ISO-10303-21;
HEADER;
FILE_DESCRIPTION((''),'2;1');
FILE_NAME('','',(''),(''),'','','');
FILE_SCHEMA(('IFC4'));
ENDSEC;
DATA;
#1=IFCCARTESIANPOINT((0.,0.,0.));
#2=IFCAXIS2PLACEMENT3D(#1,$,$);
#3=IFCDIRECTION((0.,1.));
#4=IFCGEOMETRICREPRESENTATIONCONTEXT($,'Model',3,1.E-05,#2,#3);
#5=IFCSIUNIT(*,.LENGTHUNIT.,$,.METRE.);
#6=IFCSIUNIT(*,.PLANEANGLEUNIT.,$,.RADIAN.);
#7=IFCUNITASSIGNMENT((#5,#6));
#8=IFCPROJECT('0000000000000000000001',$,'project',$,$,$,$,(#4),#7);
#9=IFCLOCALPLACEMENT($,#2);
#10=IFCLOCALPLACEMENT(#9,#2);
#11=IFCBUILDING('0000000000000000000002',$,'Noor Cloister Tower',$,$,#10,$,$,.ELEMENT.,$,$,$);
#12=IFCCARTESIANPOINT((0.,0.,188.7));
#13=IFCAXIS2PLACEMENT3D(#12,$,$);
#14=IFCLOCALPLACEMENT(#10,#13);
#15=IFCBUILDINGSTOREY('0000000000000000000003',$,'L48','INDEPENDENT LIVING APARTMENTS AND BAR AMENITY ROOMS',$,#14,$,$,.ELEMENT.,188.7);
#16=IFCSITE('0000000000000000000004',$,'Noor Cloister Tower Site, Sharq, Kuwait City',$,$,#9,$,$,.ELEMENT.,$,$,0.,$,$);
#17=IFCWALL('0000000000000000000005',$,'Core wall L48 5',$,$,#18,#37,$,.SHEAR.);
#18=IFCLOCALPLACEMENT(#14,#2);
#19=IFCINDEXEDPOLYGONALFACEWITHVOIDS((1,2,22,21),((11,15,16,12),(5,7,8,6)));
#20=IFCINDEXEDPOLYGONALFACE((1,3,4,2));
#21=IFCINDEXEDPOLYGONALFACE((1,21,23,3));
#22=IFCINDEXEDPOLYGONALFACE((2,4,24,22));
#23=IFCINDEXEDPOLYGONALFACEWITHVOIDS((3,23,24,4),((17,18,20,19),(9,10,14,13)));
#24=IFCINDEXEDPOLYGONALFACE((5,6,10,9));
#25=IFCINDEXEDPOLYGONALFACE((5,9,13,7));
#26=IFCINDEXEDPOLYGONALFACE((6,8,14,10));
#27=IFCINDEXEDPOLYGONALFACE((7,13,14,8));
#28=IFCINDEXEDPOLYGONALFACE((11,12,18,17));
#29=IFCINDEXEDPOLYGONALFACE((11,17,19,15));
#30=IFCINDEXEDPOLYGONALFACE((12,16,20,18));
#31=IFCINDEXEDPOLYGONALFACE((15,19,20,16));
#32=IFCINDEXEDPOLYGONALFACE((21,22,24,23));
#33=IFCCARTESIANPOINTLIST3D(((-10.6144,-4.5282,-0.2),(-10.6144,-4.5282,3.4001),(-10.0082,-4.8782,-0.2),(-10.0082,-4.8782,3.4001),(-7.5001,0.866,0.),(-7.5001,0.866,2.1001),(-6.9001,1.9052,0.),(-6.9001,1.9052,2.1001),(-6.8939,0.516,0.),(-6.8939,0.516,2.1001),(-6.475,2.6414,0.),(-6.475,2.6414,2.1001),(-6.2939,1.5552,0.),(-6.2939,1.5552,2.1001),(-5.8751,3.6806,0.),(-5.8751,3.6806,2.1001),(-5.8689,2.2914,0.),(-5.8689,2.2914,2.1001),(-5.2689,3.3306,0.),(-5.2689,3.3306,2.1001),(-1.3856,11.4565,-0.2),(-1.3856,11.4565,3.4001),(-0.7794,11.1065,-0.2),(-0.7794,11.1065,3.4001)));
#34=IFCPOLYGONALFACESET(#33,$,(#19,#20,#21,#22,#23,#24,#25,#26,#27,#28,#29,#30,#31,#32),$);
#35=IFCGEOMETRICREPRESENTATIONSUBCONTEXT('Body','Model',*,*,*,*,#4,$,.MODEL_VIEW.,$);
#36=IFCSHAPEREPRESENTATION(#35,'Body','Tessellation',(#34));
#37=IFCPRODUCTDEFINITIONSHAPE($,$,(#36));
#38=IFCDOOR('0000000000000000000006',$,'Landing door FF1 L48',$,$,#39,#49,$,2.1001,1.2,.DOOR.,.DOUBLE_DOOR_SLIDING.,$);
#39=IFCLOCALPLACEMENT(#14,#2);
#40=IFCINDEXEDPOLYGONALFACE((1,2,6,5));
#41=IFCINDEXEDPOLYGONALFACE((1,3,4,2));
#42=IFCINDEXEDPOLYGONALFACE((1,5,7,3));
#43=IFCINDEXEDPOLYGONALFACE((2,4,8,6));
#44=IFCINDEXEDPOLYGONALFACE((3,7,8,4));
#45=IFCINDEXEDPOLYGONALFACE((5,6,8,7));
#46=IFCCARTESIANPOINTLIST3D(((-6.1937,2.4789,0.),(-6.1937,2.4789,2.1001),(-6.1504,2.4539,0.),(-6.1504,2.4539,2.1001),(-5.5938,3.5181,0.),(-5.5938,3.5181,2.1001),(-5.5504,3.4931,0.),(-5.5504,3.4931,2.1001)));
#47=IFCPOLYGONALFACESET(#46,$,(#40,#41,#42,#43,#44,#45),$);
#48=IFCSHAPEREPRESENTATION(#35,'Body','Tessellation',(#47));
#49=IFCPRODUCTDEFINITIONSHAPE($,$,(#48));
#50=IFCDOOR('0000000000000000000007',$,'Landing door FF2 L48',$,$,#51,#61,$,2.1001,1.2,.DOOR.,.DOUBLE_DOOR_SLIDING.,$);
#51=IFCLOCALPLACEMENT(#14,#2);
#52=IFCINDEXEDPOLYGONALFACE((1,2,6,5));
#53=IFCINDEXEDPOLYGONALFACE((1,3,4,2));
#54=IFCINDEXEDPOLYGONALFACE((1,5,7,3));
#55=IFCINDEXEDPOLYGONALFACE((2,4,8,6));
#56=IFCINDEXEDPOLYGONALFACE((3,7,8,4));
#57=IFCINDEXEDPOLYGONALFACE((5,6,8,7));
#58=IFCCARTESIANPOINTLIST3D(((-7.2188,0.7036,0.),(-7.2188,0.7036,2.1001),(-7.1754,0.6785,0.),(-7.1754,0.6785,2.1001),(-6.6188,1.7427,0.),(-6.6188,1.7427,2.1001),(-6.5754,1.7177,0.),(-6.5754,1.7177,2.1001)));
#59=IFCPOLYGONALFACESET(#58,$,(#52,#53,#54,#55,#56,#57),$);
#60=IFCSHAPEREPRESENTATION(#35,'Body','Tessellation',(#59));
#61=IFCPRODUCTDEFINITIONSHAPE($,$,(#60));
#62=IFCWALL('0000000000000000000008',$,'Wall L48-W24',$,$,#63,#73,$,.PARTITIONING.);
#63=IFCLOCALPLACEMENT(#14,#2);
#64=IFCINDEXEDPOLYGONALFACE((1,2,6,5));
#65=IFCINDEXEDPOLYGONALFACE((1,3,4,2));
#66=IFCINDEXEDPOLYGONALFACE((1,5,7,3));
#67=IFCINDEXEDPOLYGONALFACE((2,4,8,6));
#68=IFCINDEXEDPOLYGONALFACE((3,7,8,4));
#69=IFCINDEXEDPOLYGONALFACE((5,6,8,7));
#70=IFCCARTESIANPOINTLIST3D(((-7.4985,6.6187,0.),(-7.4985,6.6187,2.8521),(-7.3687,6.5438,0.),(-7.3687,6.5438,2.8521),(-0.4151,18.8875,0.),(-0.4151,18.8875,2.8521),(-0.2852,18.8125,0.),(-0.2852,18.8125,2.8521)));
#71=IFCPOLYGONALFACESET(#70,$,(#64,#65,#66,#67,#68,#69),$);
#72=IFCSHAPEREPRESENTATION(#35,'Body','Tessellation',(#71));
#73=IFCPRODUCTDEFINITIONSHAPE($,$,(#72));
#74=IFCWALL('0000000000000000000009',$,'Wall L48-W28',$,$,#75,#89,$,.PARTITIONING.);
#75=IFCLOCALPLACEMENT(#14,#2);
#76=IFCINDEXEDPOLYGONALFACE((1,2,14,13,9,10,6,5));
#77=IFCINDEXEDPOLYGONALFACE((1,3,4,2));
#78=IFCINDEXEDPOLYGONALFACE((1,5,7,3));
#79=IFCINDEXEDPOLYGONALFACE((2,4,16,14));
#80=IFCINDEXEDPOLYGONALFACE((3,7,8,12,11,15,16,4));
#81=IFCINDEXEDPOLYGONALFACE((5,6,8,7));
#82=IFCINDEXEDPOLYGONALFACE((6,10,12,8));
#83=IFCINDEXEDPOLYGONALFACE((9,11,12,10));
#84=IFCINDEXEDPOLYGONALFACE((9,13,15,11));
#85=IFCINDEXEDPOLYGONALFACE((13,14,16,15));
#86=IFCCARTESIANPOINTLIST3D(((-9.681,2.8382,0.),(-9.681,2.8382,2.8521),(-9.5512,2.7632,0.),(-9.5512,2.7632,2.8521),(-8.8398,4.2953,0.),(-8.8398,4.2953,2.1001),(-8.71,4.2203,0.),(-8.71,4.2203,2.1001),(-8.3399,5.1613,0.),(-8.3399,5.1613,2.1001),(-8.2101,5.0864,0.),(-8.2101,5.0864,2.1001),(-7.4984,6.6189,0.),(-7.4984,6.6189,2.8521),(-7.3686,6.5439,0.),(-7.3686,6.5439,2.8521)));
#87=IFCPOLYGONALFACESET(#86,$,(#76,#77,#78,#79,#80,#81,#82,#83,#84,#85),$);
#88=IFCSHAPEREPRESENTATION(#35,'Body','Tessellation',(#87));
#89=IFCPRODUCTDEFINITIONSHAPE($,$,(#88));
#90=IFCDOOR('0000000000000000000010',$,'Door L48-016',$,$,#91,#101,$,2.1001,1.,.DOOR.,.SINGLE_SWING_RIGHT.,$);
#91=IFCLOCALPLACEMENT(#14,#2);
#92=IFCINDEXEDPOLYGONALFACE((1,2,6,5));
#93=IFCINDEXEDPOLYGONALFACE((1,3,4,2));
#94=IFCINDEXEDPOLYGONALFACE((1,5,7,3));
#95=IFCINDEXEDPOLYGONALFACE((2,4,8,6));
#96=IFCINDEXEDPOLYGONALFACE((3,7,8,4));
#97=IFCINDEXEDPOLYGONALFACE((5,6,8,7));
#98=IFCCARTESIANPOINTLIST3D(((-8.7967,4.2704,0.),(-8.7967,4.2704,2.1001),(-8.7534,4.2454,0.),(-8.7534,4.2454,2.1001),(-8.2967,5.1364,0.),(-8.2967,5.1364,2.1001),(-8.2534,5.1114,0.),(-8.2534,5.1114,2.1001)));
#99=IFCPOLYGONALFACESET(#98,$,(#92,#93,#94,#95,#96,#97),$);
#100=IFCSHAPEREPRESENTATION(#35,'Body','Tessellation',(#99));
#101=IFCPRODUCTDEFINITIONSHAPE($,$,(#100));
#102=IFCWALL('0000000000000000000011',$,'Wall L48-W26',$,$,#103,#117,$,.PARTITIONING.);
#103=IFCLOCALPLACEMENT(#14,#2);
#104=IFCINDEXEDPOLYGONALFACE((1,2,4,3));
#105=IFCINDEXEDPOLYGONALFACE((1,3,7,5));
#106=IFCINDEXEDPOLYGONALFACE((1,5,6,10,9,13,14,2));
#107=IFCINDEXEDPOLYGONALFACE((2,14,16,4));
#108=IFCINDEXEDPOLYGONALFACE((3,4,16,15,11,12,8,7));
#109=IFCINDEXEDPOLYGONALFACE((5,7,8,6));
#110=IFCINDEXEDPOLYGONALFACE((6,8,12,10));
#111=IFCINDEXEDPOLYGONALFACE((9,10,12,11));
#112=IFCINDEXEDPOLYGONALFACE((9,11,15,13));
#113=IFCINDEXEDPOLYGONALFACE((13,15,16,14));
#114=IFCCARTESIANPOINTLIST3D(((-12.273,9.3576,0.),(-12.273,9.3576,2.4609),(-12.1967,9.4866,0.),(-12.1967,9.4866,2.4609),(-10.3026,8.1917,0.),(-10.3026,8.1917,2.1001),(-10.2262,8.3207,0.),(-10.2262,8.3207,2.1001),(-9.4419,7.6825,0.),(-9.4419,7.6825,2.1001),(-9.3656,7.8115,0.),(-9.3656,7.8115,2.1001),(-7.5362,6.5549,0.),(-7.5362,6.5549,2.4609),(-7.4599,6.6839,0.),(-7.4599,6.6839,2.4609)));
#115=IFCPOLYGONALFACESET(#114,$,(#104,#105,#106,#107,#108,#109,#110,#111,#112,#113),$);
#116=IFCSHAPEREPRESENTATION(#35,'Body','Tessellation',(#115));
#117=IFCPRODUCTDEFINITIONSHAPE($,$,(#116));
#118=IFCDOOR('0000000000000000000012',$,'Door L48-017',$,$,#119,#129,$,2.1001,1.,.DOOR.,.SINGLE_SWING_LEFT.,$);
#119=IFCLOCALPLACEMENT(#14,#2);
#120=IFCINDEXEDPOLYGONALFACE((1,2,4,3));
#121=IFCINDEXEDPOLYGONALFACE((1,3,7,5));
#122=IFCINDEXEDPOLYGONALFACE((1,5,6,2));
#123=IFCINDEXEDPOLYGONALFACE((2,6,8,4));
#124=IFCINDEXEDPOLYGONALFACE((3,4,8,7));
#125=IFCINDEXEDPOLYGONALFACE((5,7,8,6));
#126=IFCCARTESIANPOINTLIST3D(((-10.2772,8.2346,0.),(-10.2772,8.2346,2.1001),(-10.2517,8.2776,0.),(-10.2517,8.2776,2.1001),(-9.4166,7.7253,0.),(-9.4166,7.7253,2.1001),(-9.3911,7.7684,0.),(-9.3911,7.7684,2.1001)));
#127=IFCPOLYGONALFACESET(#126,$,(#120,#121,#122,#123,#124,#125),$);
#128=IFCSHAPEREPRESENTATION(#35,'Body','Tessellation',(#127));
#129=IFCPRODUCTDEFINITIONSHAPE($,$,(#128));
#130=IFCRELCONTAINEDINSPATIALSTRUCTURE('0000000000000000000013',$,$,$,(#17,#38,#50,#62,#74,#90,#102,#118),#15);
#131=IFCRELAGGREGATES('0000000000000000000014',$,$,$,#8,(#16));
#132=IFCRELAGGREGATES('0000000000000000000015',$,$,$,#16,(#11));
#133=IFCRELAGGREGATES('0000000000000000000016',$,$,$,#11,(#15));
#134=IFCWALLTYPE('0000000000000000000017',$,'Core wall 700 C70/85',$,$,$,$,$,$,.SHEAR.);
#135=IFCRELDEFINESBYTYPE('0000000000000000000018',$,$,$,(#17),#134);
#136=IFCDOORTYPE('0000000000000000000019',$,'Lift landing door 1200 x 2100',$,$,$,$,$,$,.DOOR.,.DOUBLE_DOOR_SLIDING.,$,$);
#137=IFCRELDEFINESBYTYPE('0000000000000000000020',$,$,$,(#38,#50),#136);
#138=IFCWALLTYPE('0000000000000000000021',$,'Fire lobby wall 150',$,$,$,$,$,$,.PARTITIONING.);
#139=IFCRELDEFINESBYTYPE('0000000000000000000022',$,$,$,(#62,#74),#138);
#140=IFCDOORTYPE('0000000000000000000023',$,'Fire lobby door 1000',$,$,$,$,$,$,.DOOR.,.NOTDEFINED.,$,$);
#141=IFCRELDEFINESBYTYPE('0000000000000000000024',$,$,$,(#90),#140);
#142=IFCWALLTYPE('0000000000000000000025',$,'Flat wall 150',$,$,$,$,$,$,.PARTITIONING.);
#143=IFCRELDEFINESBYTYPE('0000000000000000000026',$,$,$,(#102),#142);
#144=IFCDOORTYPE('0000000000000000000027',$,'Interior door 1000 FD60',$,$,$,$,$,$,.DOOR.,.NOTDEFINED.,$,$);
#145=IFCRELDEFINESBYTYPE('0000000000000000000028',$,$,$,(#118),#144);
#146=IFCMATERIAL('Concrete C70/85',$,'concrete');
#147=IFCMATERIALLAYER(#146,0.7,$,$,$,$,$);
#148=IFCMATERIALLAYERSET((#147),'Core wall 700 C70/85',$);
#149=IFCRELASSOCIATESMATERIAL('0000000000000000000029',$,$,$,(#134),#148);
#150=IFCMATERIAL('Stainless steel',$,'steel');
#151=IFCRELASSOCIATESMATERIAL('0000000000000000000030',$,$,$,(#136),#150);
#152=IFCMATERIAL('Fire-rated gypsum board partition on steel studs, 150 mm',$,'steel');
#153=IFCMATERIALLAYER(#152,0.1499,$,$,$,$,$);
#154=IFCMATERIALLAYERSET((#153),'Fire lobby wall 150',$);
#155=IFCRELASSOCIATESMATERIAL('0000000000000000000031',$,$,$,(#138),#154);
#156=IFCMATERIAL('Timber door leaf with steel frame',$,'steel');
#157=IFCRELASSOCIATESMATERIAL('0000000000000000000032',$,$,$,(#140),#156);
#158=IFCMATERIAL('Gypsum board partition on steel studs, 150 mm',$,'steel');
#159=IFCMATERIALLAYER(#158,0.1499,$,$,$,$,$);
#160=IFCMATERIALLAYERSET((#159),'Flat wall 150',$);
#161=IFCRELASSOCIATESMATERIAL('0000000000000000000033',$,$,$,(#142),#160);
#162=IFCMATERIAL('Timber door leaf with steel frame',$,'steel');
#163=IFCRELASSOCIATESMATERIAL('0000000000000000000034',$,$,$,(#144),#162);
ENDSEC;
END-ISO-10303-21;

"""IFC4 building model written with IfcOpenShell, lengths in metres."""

from ifc_helpers import new_model, si_unit, direction, frame, frame_2d, origin, place, context, subcontext, project, spatial, rectangle, extrude, material, layer, layer_set, type_object, element, fill, save


model = new_model("IFC4")

# Units and contexts
model_context = context("Model", 3, precision=1e-05, world=origin(), true_north=direction((0.0, 1.0)))
body_context = subcontext(model_context, "Body", "Model", "MODEL_VIEW")
ifc_project = project(units=[si_unit("LENGTHUNIT", "METRE"), si_unit("PLANEANGLEUNIT", "RADIAN")], contexts=[model_context])

# Site, building, storey
site_placement = place(None, origin())
site = spatial("IfcSite", under=ifc_project, at=site_placement, Name="Noor Cloister Tower Site, Sharq, Kuwait City", CompositionType="ELEMENT", RefElevation=0.0)
building_placement = place(site_placement, origin())
building = spatial("IfcBuilding", under=site, at=building_placement, Name="Noor Cloister Tower", CompositionType="ELEMENT")
storey_placement = place(building_placement, frame((0.0, 0.0, 188.7)))
storey = spatial("IfcBuildingStorey", under=building, at=storey_placement, Name="L48", Description="INDEPENDENT LIVING APARTMENTS AND BAR AMENITY ROOMS", CompositionType="ELEMENT", Elevation=188.7)

# Wall, openings, doors
ifc_material_1 = material(Name="Concrete C70/85", Category="concrete")
ifc_layer_1 = layer(ifc_material_1, 0.7)
ifc_layer_set_1 = layer_set([ifc_layer_1], Name="Core wall 700 C70/85")
wall_type_1 = type_object("IfcWallType", Name="Core wall 700 C70/85", PredefinedType="SHEAR", material=ifc_layer_set_1)
wall_1_placement = place(storey_placement, frame((-1.0825, 11.2815, -0.2), z_axis=(0.0, 0.0, 1.0), x_axis=(-0.500001, -0.866025, 0.0)))
wall_1 = element("IfcWall", 1, at=wall_1_placement, inside=storey, type_object=wall_type_1, Name="Core wall L48 5", PredefinedType="SHEAR", context=body_context, shape_type="SweptSolid", body=[
    extrude(rectangle(XDim=18.4575, YDim=0.7, at=frame_2d((9.2288, 0.0))), origin(), (0.0, 0.0, 1.0), 3.6001),
])
opening_1_placement = place(wall_1_placement, frame((8.9788, 0.0, 0.2)))
opening_1 = element("IfcOpeningElement", 2, at=opening_1_placement, cuts=wall_1, PredefinedType="OPENING", context=body_context, shape_type="SweptSolid", body=[
    extrude(rectangle(XDim=1.2, YDim=2.1001, at=frame_2d((0.6001, 1.05))), frame((0.0, 0.3599, 0.0), z_axis=(0.0, -1.0, 0.0), x_axis=(1.0, 0.0, 0.0)), (0.0, 0.0, 1.0), 0.72),
])
opening_2_placement = place(wall_1_placement, frame((11.0288, 0.0, 0.2)))
opening_2 = element("IfcOpeningElement", 3, at=opening_2_placement, cuts=wall_1, PredefinedType="OPENING", context=body_context, shape_type="SweptSolid", body=[
    extrude(rectangle(XDim=1.2, YDim=2.1001, at=frame_2d((0.6001, 1.05))), frame((0.0, 0.3599, 0.0), z_axis=(0.0, -1.0, 0.0), x_axis=(1.0, 0.0, 0.0)), (0.0, 0.0, 1.0), 0.72),
])
ifc_material_2 = material(Name="Stainless steel", Category="steel")
door_type_1 = type_object("IfcDoorType", Name="Lift landing door 1200 x 2100", OperationType="DOUBLE_DOOR_SLIDING", PredefinedType="DOOR", material=ifc_material_2)
door_1_placement = place(opening_1_placement, origin())
door_1 = element("IfcDoor", 4, at=door_1_placement, inside=storey, type_object=door_type_1, Name="Landing door FF1 L48", OperationType="DOUBLE_DOOR_SLIDING", OverallHeight=2.1001, OverallWidth=1.2, PredefinedType="DOOR", context=body_context, shape_type="SweptSolid", body=[
    extrude(rectangle(XDim=1.2, YDim=2.1001, at=frame_2d((0.6001, 1.05))), frame((0.0, 0.0249, 0.0), z_axis=(0.0, -1.0, 0.0), x_axis=(1.0, 0.0, 0.0)), (0.0, 0.0, 1.0), 0.05),
])
fill(opening_1, door_1)
door_2_placement = place(opening_2_placement, origin())
door_2 = element("IfcDoor", 5, at=door_2_placement, inside=storey, type_object=door_type_1, Name="Landing door FF2 L48", OperationType="DOUBLE_DOOR_SLIDING", OverallHeight=2.1001, OverallWidth=1.2, PredefinedType="DOOR", context=body_context, shape_type="SweptSolid", body=[
    extrude(rectangle(XDim=1.2, YDim=2.1001, at=frame_2d((0.6001, 1.05))), frame((0.0, 0.0249, 0.0), z_axis=(0.0, -1.0, 0.0), x_axis=(1.0, 0.0, 0.0)), (0.0, 0.0, 1.0), 0.05),
])
fill(opening_2, door_2)

# Wall
ifc_material_3 = material(Name="Fire-rated gypsum board partition on steel studs, 150 mm", Category="steel")
ifc_layer_2 = layer(ifc_material_3, 0.1499)
ifc_layer_set_2 = layer_set([ifc_layer_2], Name="Fire lobby wall 150")
wall_type_2 = type_object("IfcWallType", Name="Fire lobby wall 150", PredefinedType="PARTITIONING", material=ifc_layer_set_2)
wall_2_placement = place(storey_placement, frame((-0.3501, 18.8501, 0.0), z_axis=(0.0, 0.0, 1.0), x_axis=(-0.500005, -0.866022, 0.0)))
element("IfcWall", 6, at=wall_2_placement, inside=storey, type_object=wall_type_2, Name="Wall L48-W24", PredefinedType="PARTITIONING", context=body_context, shape_type="SweptSolid", body=[
    extrude(rectangle(XDim=14.1667, YDim=0.1499, at=frame_2d((7.0835, 0.0))), origin(), (0.0, 0.0, 1.0), 2.8521),
])

# Walls, openings, doors
wall_3_placement = place(storey_placement, frame((-7.4336, 6.5813, 0.0), z_axis=(0.0, 0.0, 1.0), x_axis=(-0.499965, -0.866046, 0.0)))
wall_3 = element("IfcWall", 7, at=wall_3_placement, inside=storey, type_object=wall_type_2, Name="Wall L48-W28", PredefinedType="PARTITIONING", context=body_context, shape_type="SweptSolid", body=[
    extrude(rectangle(XDim=4.3655, YDim=0.1499, at=frame_2d((2.1826, 0.0))), origin(), (0.0, 0.0, 1.0), 2.8521),
])
opening_3_placement = place(wall_3_placement, frame((1.6829, 0.0, 0.0)))
opening_3 = element("IfcOpeningElement", 8, at=opening_3_placement, cuts=wall_3, PredefinedType="OPENING", context=body_context, shape_type="SweptSolid", body=[
    extrude(rectangle(XDim=1.0, YDim=2.1001, at=frame_2d((0.5, 1.05))), frame((0.0, 0.085, 0.0), z_axis=(0.0, -1.0, 0.0), x_axis=(1.0, 0.0, 0.0)), (0.0, 0.0, 1.0), 0.1699),
])
ifc_material_4 = material(Name="Timber door leaf with steel frame", Category="steel")
door_type_2 = type_object("IfcDoorType", Name="Fire lobby door 1000", OperationType="NOTDEFINED", PredefinedType="DOOR", material=ifc_material_4)
door_3_placement = place(opening_3_placement, origin())
door_3 = element("IfcDoor", 9, at=door_3_placement, inside=storey, type_object=door_type_2, Name="Door L48-016", OperationType="SINGLE_SWING_RIGHT", OverallHeight=2.1001, OverallWidth=1.0, PredefinedType="DOOR", context=body_context, shape_type="SweptSolid", body=[
    extrude(rectangle(XDim=1.0, YDim=2.1001, at=frame_2d((0.5, 1.05))), frame((0.0, 0.0249, 0.0), z_axis=(0.0, -1.0, 0.0), x_axis=(1.0, 0.0, 0.0)), (0.0, 0.0, 1.0), 0.05),
])
fill(opening_3, door_3)
ifc_material_5 = material(Name="Gypsum board partition on steel studs, 150 mm", Category="steel")
ifc_layer_3 = layer(ifc_material_5, 0.1499)
ifc_layer_set_3 = layer_set([ifc_layer_3], Name="Flat wall 150")
wall_type_3 = type_object("IfcWallType", Name="Flat wall 150", PredefinedType="PARTITIONING", material=ifc_layer_set_3)
wall_4_placement = place(storey_placement, frame((-12.2349, 9.4221, 0.0), z_axis=(0.0, 0.0, 1.0), x_axis=(0.860631, -0.509228, 0.0)))
wall_4 = element("IfcWall", 10, at=wall_4_placement, inside=storey, type_object=wall_type_3, Name="Wall L48-W26", PredefinedType="PARTITIONING", context=body_context, shape_type="SweptSolid", body=[
    extrude(rectangle(XDim=5.5039, YDim=0.1499, at=frame_2d((2.752, 0.0))), origin(), (0.0, 0.0, 1.0), 2.4609),
])
opening_4_placement = place(wall_4_placement, frame((2.2896, 0.0, 0.0)))
opening_4 = element("IfcOpeningElement", 11, at=opening_4_placement, cuts=wall_4, PredefinedType="OPENING", context=body_context, shape_type="SweptSolid", body=[
    extrude(rectangle(XDim=1.0, YDim=2.1001, at=frame_2d((0.5, 1.05))), frame((0.0, 0.085, 0.0), z_axis=(0.0, -1.0, 0.0), x_axis=(1.0, 0.0, 0.0)), (0.0, 0.0, 1.0), 0.1699),
])
ifc_material_6 = material(Name="Timber door leaf with steel frame", Category="steel")
door_type_3 = type_object("IfcDoorType", Name="Interior door 1000 FD60", OperationType="NOTDEFINED", PredefinedType="DOOR", material=ifc_material_6)
door_4_placement = place(opening_4_placement, origin())
door_4 = element("IfcDoor", 12, at=door_4_placement, inside=storey, type_object=door_type_3, Name="Door L48-017", OperationType="SINGLE_SWING_LEFT", OverallHeight=2.1001, OverallWidth=1.0, PredefinedType="DOOR", context=body_context, shape_type="SweptSolid", body=[
    extrude(rectangle(XDim=1.0, YDim=2.1001, at=frame_2d((0.5, 1.05))), frame((0.0, 0.0249, 0.0), z_axis=(0.0, -1.0, 0.0), x_axis=(1.0, 0.0, 0.0)), (0.0, 0.0, 1.0), 0.05),
])
fill(opening_4, door_4)

save(model, "model.ifc")
